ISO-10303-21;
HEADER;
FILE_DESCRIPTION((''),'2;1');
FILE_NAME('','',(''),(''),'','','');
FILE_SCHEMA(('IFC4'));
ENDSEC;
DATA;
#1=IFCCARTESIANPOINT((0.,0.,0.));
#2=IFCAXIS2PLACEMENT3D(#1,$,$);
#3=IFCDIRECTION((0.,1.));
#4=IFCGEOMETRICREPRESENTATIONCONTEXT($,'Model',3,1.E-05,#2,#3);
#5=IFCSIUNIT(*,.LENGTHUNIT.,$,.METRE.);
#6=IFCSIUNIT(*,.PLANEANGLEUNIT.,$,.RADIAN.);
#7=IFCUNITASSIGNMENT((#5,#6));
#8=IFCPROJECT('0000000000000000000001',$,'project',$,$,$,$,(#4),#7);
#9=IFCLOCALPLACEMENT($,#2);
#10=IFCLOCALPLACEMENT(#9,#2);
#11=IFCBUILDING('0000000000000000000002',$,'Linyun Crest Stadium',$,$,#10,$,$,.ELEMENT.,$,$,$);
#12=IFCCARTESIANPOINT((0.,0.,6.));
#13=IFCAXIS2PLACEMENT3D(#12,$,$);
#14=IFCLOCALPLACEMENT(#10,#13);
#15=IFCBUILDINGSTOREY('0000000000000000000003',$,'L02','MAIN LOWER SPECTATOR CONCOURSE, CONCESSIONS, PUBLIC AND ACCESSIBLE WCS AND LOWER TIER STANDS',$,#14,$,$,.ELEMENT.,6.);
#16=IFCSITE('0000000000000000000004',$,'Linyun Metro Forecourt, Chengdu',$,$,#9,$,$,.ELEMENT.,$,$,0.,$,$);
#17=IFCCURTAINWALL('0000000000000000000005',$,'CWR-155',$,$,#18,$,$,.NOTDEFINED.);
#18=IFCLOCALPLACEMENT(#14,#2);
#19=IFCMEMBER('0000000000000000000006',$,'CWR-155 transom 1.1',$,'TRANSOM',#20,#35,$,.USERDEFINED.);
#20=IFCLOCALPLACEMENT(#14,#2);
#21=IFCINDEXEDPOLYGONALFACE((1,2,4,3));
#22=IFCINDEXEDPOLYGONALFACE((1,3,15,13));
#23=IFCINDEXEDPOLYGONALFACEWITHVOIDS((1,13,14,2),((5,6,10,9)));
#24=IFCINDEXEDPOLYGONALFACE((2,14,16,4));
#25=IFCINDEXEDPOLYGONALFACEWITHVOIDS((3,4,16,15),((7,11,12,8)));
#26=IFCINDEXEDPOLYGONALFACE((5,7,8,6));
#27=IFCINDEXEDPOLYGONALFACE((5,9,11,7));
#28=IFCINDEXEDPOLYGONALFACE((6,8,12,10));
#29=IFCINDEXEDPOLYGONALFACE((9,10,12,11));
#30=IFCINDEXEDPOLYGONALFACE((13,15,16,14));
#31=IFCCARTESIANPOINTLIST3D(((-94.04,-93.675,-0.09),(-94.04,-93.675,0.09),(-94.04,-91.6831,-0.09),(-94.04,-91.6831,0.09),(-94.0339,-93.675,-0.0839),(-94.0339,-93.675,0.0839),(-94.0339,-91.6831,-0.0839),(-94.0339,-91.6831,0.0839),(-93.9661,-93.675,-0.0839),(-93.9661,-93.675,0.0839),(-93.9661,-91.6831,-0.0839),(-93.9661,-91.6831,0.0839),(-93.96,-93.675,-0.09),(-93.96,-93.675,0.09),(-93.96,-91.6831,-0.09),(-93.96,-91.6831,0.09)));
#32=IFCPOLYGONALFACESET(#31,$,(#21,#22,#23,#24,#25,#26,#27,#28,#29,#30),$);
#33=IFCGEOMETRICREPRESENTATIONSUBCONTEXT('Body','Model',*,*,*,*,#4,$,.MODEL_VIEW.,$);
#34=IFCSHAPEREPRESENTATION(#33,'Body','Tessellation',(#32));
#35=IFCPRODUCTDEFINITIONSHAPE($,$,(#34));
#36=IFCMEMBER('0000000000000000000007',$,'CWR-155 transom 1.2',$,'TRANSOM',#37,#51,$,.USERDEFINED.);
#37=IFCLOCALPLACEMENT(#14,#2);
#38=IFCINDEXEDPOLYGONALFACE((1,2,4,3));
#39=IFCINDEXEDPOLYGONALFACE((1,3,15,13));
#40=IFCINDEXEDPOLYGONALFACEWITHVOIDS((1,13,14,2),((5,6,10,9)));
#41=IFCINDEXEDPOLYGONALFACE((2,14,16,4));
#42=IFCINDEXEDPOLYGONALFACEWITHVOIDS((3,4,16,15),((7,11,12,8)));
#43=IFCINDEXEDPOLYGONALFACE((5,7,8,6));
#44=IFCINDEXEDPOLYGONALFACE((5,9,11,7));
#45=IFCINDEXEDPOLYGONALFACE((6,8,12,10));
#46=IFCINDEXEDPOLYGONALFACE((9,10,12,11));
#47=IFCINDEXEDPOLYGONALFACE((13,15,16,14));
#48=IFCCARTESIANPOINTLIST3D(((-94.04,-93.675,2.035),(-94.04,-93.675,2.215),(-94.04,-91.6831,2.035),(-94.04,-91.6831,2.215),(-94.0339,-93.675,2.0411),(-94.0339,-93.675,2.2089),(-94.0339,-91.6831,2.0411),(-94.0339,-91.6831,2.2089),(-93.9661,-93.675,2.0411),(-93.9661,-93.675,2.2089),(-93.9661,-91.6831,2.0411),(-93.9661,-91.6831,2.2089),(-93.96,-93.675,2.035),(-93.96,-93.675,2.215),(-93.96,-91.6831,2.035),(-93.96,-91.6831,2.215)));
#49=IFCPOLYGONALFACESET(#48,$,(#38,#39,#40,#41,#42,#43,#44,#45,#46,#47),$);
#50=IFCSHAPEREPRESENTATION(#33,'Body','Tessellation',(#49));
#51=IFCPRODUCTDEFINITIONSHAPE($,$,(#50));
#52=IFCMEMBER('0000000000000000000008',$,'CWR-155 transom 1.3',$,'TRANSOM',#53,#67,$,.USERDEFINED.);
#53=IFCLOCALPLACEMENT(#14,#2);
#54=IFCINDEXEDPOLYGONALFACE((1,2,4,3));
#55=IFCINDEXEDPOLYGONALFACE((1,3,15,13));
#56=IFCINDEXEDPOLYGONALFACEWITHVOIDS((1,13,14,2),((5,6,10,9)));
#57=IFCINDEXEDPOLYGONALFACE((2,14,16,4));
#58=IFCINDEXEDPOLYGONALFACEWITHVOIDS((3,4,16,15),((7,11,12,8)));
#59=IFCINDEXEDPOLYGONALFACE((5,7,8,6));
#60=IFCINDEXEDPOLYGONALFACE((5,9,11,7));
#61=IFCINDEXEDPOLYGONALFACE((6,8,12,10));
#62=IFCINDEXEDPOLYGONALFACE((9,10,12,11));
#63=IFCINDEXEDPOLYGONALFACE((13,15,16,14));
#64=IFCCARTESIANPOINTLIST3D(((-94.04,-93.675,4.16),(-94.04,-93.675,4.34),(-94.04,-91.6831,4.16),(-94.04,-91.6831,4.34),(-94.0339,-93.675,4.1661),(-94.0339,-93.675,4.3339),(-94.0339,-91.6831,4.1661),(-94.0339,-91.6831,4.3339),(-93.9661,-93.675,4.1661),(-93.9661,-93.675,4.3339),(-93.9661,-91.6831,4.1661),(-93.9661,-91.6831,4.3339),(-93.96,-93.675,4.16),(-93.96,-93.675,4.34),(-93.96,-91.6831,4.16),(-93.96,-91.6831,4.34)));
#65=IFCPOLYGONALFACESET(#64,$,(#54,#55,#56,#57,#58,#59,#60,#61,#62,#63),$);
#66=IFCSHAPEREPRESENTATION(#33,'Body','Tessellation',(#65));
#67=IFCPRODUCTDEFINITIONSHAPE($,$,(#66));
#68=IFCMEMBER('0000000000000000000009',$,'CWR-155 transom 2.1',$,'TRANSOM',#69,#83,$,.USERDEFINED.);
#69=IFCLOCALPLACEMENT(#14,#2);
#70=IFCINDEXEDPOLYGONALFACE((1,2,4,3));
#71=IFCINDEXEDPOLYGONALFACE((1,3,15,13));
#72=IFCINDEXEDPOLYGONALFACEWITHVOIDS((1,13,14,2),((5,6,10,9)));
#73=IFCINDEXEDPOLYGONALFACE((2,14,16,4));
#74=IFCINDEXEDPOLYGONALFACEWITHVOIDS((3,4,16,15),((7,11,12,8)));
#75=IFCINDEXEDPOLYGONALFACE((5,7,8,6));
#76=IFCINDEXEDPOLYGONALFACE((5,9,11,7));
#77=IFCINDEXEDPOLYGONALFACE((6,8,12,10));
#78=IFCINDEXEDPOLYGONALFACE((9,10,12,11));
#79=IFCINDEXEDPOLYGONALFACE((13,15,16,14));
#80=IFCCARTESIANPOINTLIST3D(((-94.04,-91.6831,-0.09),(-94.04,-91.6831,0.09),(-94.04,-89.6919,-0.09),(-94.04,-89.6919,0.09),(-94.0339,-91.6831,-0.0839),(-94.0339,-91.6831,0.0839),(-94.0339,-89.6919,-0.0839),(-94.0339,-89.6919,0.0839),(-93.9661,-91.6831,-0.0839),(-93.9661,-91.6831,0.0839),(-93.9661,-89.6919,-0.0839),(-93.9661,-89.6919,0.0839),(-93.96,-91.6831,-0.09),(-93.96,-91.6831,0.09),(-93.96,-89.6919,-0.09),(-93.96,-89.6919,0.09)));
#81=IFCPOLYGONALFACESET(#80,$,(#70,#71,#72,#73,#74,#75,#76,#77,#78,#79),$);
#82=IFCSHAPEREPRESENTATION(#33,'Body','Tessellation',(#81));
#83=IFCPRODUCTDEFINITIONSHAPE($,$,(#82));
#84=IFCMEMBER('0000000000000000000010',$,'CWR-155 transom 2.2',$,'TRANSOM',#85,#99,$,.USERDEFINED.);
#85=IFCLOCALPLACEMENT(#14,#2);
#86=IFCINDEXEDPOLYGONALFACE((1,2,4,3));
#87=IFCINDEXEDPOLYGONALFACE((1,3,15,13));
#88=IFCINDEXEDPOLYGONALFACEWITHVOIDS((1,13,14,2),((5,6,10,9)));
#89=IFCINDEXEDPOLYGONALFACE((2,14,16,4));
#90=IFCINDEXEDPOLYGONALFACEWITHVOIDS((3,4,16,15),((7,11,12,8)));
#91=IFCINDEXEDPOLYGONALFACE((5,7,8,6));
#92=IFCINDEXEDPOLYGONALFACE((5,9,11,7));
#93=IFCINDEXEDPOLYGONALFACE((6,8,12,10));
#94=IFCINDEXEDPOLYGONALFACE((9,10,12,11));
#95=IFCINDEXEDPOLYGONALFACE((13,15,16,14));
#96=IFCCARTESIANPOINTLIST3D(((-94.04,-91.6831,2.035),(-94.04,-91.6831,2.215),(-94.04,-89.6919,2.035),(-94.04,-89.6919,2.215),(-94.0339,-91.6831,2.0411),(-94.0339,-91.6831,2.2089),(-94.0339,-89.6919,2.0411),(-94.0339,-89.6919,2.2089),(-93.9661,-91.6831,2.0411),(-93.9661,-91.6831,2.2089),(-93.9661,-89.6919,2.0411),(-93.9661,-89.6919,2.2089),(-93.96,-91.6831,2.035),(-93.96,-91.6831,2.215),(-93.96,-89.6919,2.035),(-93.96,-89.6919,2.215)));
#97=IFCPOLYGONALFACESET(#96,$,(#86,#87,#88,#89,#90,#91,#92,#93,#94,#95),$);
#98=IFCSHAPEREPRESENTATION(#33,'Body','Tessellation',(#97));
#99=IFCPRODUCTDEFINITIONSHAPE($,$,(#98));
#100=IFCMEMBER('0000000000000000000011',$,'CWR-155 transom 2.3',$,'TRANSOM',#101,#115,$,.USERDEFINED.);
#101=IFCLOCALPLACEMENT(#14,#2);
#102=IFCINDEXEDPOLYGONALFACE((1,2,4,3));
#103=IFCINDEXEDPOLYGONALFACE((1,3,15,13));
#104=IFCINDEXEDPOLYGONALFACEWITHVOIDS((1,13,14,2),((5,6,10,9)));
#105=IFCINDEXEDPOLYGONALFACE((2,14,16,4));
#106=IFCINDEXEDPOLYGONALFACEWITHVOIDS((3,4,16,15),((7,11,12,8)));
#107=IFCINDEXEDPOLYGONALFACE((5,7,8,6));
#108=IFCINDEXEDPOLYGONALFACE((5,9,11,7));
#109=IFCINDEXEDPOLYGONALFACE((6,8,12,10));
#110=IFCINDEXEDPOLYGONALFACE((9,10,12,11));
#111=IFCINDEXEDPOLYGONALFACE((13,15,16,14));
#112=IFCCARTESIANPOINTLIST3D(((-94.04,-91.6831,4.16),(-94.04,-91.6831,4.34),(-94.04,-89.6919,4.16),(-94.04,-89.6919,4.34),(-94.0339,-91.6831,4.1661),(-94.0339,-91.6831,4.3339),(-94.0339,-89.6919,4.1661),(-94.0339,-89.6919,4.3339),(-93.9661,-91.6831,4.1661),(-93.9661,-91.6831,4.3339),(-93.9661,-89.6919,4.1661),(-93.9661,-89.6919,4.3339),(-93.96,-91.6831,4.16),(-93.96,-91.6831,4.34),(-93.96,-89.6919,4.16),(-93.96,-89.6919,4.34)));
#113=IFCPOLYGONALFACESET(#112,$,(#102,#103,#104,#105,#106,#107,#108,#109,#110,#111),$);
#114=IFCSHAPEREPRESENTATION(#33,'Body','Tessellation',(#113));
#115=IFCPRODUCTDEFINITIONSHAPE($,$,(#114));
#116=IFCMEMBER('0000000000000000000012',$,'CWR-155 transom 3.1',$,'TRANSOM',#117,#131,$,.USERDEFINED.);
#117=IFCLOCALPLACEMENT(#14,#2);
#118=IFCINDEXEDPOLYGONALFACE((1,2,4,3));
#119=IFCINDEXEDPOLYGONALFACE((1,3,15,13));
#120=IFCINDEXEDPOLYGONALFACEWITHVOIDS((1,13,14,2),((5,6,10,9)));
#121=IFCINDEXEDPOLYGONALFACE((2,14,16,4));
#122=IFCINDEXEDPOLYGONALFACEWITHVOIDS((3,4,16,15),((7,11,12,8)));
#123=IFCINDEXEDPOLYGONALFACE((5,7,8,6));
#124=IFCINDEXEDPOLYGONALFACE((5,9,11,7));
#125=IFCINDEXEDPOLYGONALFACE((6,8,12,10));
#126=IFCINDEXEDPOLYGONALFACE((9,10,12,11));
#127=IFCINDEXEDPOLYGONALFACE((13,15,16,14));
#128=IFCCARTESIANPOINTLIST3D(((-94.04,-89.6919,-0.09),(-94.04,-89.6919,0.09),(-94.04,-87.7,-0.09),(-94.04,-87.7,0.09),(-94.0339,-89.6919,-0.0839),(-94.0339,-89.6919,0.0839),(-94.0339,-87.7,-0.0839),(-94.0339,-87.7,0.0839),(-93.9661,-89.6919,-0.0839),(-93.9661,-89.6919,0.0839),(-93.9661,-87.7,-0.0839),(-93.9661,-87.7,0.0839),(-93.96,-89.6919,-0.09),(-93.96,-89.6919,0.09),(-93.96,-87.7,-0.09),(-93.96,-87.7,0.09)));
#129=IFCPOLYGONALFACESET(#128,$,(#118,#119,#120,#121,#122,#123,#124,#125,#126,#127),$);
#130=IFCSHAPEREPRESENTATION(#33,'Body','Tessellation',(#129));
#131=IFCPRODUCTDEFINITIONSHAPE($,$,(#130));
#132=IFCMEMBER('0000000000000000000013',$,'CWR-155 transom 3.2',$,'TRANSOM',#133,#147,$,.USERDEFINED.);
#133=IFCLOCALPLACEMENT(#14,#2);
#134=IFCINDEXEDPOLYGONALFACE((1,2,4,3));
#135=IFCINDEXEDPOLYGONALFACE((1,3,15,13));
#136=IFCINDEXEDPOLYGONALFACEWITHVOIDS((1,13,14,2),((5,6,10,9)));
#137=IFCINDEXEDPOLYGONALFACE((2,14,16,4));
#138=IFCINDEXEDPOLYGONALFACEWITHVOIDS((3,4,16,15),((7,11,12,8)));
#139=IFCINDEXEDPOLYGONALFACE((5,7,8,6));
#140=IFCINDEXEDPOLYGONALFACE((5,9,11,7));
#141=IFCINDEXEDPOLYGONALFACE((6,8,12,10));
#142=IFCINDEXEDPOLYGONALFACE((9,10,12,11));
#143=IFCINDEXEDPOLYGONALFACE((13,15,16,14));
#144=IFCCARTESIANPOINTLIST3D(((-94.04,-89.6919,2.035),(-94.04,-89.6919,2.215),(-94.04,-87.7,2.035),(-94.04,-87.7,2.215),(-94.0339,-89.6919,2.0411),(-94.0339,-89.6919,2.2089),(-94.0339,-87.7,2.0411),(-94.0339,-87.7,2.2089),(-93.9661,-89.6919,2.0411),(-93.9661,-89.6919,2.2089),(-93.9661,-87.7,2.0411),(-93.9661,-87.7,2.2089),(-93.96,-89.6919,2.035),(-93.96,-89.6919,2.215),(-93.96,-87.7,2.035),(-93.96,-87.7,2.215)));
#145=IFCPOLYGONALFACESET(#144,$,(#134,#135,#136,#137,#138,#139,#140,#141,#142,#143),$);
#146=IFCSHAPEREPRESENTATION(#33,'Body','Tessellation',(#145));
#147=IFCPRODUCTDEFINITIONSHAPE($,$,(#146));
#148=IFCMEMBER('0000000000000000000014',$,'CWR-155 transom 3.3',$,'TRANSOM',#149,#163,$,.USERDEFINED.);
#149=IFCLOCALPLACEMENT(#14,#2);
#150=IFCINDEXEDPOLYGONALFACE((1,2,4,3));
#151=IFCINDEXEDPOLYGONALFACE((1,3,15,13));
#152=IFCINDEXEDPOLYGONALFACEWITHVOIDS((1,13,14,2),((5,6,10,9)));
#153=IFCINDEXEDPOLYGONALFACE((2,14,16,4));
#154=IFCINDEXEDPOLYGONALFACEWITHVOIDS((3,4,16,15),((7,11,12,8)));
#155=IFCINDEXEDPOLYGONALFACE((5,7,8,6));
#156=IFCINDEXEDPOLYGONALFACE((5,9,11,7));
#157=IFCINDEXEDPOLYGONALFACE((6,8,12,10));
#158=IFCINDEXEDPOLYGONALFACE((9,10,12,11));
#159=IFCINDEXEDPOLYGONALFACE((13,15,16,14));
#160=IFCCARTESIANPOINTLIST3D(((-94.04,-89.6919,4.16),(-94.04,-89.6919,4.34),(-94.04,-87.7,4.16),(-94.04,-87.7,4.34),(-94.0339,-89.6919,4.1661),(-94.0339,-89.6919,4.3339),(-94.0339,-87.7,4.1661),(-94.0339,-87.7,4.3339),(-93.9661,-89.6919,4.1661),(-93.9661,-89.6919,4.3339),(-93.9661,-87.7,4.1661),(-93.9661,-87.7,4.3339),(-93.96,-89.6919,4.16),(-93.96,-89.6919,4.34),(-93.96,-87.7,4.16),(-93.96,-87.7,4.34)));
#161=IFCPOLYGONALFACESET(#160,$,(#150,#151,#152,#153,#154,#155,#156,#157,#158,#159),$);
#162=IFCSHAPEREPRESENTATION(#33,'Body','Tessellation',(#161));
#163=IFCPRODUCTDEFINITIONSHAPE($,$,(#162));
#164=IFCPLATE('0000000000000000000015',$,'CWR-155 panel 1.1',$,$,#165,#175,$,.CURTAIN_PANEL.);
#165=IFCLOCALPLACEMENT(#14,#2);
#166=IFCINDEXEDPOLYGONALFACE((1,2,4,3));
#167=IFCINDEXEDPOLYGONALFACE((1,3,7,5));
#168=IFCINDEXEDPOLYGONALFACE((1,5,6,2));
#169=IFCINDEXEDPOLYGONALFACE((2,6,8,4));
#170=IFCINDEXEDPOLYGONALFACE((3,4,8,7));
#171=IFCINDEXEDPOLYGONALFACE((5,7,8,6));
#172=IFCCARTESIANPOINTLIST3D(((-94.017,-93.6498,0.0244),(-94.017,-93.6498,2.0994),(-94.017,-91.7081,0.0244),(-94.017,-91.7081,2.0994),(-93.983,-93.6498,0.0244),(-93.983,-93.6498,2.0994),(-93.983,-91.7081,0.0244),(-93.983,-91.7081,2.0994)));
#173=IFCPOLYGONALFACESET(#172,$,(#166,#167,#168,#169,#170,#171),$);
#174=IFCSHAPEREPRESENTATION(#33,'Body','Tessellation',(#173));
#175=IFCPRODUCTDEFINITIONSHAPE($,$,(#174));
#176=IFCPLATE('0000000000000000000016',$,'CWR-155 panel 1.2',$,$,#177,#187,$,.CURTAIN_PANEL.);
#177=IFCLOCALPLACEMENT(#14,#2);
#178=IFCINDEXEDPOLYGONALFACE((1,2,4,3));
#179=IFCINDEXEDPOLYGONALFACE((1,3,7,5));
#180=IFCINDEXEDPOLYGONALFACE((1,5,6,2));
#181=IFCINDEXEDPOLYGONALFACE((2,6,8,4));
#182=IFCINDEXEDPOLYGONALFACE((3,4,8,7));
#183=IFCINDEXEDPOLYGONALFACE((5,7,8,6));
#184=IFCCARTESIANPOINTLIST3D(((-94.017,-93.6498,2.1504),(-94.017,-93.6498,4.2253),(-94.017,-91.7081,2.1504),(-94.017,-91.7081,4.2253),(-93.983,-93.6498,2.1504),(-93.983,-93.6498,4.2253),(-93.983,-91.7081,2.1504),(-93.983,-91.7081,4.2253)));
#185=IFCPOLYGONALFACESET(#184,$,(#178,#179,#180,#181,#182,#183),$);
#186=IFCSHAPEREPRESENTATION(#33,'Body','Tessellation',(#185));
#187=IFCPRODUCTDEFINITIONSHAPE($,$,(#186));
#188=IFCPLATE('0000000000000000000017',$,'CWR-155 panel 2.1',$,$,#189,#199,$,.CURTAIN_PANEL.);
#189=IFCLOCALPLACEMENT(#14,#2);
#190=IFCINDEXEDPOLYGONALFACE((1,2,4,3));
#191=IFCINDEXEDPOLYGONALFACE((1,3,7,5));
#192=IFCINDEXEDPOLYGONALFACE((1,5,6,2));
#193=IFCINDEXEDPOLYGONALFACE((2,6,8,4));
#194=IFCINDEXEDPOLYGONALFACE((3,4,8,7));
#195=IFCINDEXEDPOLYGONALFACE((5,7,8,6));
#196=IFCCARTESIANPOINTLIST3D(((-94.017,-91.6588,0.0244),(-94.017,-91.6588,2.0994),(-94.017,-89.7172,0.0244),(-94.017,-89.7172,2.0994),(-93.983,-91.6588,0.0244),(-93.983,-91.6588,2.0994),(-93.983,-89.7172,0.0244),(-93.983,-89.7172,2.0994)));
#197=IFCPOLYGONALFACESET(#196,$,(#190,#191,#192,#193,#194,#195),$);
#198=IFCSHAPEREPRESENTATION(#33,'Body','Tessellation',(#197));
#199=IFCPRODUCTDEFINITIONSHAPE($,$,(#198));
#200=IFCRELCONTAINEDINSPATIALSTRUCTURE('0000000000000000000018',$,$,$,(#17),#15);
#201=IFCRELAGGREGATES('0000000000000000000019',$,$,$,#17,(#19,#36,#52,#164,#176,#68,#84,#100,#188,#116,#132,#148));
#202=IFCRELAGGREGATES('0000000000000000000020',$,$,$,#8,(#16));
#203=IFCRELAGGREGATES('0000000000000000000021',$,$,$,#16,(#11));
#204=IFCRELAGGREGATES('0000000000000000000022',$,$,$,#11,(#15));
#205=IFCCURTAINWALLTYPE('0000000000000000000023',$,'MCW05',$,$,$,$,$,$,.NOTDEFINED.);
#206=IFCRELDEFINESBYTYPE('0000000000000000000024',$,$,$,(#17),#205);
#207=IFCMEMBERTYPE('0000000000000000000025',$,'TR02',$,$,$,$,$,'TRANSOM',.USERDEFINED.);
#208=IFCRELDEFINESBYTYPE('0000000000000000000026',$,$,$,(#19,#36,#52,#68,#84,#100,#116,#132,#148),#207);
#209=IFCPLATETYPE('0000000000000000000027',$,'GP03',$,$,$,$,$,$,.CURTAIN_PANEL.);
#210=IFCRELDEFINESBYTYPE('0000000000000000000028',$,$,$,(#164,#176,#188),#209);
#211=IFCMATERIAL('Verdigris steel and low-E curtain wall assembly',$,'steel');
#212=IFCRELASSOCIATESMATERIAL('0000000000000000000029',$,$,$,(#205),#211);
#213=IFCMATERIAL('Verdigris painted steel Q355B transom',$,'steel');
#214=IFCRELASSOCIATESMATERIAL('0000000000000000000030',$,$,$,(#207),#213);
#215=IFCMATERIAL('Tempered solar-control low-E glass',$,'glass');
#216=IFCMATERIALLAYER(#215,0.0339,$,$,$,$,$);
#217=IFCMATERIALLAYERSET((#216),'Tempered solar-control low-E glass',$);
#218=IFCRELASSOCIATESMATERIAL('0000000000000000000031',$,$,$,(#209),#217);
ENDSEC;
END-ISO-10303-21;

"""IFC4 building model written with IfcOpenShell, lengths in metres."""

from ifc_helpers import new_model, si_unit, direction, frame, origin, origin_2d, place, context, subcontext, project, spatial, rectangle, hollow_rectangle, extrude, material, layer, layer_set, material_profile, profile_set, type_object, element, aggregate, save


model = new_model("IFC4")

# Units and contexts
model_context = context("Model", 3, precision=1e-05, world=origin(), true_north=direction((0.0, 1.0)))
body_context = subcontext(model_context, "Body", "Model", "MODEL_VIEW")
ifc_project = project(units=[si_unit("LENGTHUNIT", "METRE"), si_unit("PLANEANGLEUNIT", "RADIAN")], contexts=[model_context])

# Site, building, storey
site_placement = place(None, origin())
site = spatial("IfcSite", under=ifc_project, at=site_placement, Name="Linyun Metro Forecourt, Chengdu", CompositionType="ELEMENT", RefElevation=0.0)
building_placement = place(site_placement, origin())
building = spatial("IfcBuilding", under=site, at=building_placement, Name="Linyun Crest Stadium", CompositionType="ELEMENT")
storey_placement = place(building_placement, frame((0.0, 0.0, 6.0)))
storey = spatial("IfcBuildingStorey", under=building, at=storey_placement, Name="L02", Description="MAIN LOWER SPECTATOR CONCOURSE, CONCESSIONS, PUBLIC AND ACCESSIBLE WCS AND LOWER TIER STANDS", CompositionType="ELEMENT", Elevation=6.0)

# Curtain wall
ifc_material_1 = material(Name="Verdigris steel and low-E curtain wall assembly", Category="steel")
curtain_wall_type = type_object("IfcCurtainWallType", Name="MCW05", PredefinedType="NOTDEFINED", material=ifc_material_1)
curtain_wall_placement = place(storey_placement, origin())
curtain_wall = element("IfcCurtainWall", 1, at=curtain_wall_placement, inside=storey, type_object=curtain_wall_type, Name="CWR-155", PredefinedType="NOTDEFINED")

# Members
ifc_material_2 = material(Name="Verdigris painted steel Q355B transom", Category="steel")
ifc_material_profile_1 = material_profile(ifc_material_2, hollow_rectangle(XDim=0.0801, YDim=0.1799, WallThickness=0.0061, at=origin_2d()), Name="RHS 180x80x6")
ifc_profile_set_1 = profile_set([ifc_material_profile_1], Name="Verdigris painted steel Q355B transom")
member_type_1 = type_object("IfcMemberType", Name="TR02", ElementType="TRANSOM", PredefinedType="USERDEFINED", material=ifc_profile_set_1)
member_1_placement = place(storey_placement, frame((-94.0, -93.675, 0.0), z_axis=(0.0, 1.0, 0.0), x_axis=(-1.0, 0.0, 0.0)))
member_1 = element("IfcMember", 2, at=member_1_placement, type_object=member_type_1, Name="CWR-155 transom 1.1", ObjectType="TRANSOM", PredefinedType="USERDEFINED", context=body_context, shape_type="SweptSolid", body=[
    extrude(hollow_rectangle(XDim=0.0801, YDim=0.1799, WallThickness=0.0061, at=origin_2d()), origin(), (0.0, 0.0, 1.0), 1.9919),
])
member_2_placement = place(storey_placement, frame((-94.0, -93.675, 2.125), z_axis=(0.0, 1.0, 0.0), x_axis=(-1.0, 0.0, 0.0)))
member_2 = element("IfcMember", 3, at=member_2_placement, type_object=member_type_1, Name="CWR-155 transom 1.2", ObjectType="TRANSOM", PredefinedType="USERDEFINED", context=body_context, shape_type="SweptSolid", body=[
    extrude(hollow_rectangle(XDim=0.0801, YDim=0.1799, WallThickness=0.0061, at=origin_2d()), origin(), (0.0, 0.0, 1.0), 1.9919),
])
member_3_placement = place(storey_placement, frame((-94.0, -93.675, 4.25), z_axis=(0.0, 1.0, 0.0), x_axis=(-1.0, 0.0, 0.0)))
member_3 = element("IfcMember", 4, at=member_3_placement, type_object=member_type_1, Name="CWR-155 transom 1.3", ObjectType="TRANSOM", PredefinedType="USERDEFINED", context=body_context, shape_type="SweptSolid", body=[
    extrude(hollow_rectangle(XDim=0.0801, YDim=0.1799, WallThickness=0.0061, at=origin_2d()), origin(), (0.0, 0.0, 1.0), 1.9919),
])
member_4_placement = place(storey_placement, frame((-94.0, -91.6831, 0.0), z_axis=(0.0, 1.0, 0.0), x_axis=(-1.0, 0.0, 0.0)))
member_4 = element("IfcMember", 5, at=member_4_placement, type_object=member_type_1, Name="CWR-155 transom 2.1", ObjectType="TRANSOM", PredefinedType="USERDEFINED", context=body_context, shape_type="SweptSolid", body=[
    extrude(hollow_rectangle(XDim=0.0801, YDim=0.1799, WallThickness=0.0061, at=origin_2d()), origin(), (0.0, 0.0, 1.0), 1.9912),
])
member_5_placement = place(storey_placement, frame((-94.0, -91.6831, 2.125), z_axis=(0.0, 1.0, 0.0), x_axis=(-1.0, 0.0, 0.0)))
member_5 = element("IfcMember", 6, at=member_5_placement, type_object=member_type_1, Name="CWR-155 transom 2.2", ObjectType="TRANSOM", PredefinedType="USERDEFINED", context=body_context, shape_type="SweptSolid", body=[
    extrude(hollow_rectangle(XDim=0.0801, YDim=0.1799, WallThickness=0.0061, at=origin_2d()), origin(), (0.0, 0.0, 1.0), 1.9912),
])
member_6_placement = place(storey_placement, frame((-94.0, -91.6831, 4.25), z_axis=(0.0, 1.0, 0.0), x_axis=(-1.0, 0.0, 0.0)))
member_6 = element("IfcMember", 7, at=member_6_placement, type_object=member_type_1, Name="CWR-155 transom 2.3", ObjectType="TRANSOM", PredefinedType="USERDEFINED", context=body_context, shape_type="SweptSolid", body=[
    extrude(hollow_rectangle(XDim=0.0801, YDim=0.1799, WallThickness=0.0061, at=origin_2d()), origin(), (0.0, 0.0, 1.0), 1.9912),
])
member_7_placement = place(storey_placement, frame((-94.0, -89.6919, 0.0), z_axis=(0.0, 1.0, 0.0), x_axis=(-1.0, 0.0, 0.0)))
member_7 = element("IfcMember", 8, at=member_7_placement, type_object=member_type_1, Name="CWR-155 transom 3.1", ObjectType="TRANSOM", PredefinedType="USERDEFINED", context=body_context, shape_type="SweptSolid", body=[
    extrude(hollow_rectangle(XDim=0.0801, YDim=0.1799, WallThickness=0.0061, at=origin_2d()), origin(), (0.0, 0.0, 1.0), 1.9919),
])
member_8_placement = place(storey_placement, frame((-94.0, -89.6919, 2.125), z_axis=(0.0, 1.0, 0.0), x_axis=(-1.0, 0.0, 0.0)))
member_8 = element("IfcMember", 9, at=member_8_placement, type_object=member_type_1, Name="CWR-155 transom 3.2", ObjectType="TRANSOM", PredefinedType="USERDEFINED", context=body_context, shape_type="SweptSolid", body=[
    extrude(hollow_rectangle(XDim=0.0801, YDim=0.1799, WallThickness=0.0061, at=origin_2d()), origin(), (0.0, 0.0, 1.0), 1.9919),
])
member_9_placement = place(storey_placement, frame((-94.0, -89.6919, 4.25), z_axis=(0.0, 1.0, 0.0), x_axis=(-1.0, 0.0, 0.0)))
member_9 = element("IfcMember", 10, at=member_9_placement, type_object=member_type_1, Name="CWR-155 transom 3.3", ObjectType="TRANSOM", PredefinedType="USERDEFINED", context=body_context, shape_type="SweptSolid", body=[
    extrude(hollow_rectangle(XDim=0.0801, YDim=0.1799, WallThickness=0.0061, at=origin_2d()), origin(), (0.0, 0.0, 1.0), 1.9919),
])

# Plates
ifc_material_3 = material(Name="Tempered solar-control low-E glass", Category="glass")
ifc_layer_1 = layer(ifc_material_3, 0.0339)
ifc_layer_set_1 = layer_set([ifc_layer_1], Name="Tempered solar-control low-E glass")
plate_type = type_object("IfcPlateType", Name="GP03", PredefinedType="CURTAIN_PANEL", material=ifc_layer_set_1)
plate_1_placement = place(storey_placement, frame((-94.0, -92.679, 0.0244), z_axis=(0.0, 0.0, 1.0), x_axis=(0.0, 1.0, 0.0)))
plate_1 = element("IfcPlate", 11, at=plate_1_placement, type_object=plate_type, Name="CWR-155 panel 1.1", PredefinedType="CURTAIN_PANEL", context=body_context, shape_type="SweptSolid", body=[
    extrude(rectangle(XDim=1.9417, YDim=0.0339, at=origin_2d()), origin(), (0.0, 0.0, 1.0), 2.075),
])
plate_2_placement = place(storey_placement, frame((-94.0, -92.679, 2.1504), z_axis=(0.0, 0.0, 1.0), x_axis=(0.0, 1.0, 0.0)))
plate_2 = element("IfcPlate", 12, at=plate_2_placement, type_object=plate_type, Name="CWR-155 panel 1.2", PredefinedType="CURTAIN_PANEL", context=body_context, shape_type="SweptSolid", body=[
    extrude(rectangle(XDim=1.9417, YDim=0.0339, at=origin_2d()), origin(), (0.0, 0.0, 1.0), 2.075),
])
plate_3_placement = place(storey_placement, frame((-94.0, -90.688, 0.0244), z_axis=(0.0, 0.0, 1.0), x_axis=(0.0, 1.0, 0.0)))
plate_3 = element("IfcPlate", 13, at=plate_3_placement, type_object=plate_type, Name="CWR-155 panel 2.1", PredefinedType="CURTAIN_PANEL", context=body_context, shape_type="SweptSolid", body=[
    extrude(rectangle(XDim=1.9417, YDim=0.0339, at=origin_2d()), origin(), (0.0, 0.0, 1.0), 2.075),
])
aggregate(curtain_wall, [member_1, member_2, member_3, plate_1, plate_2, member_4, member_5, member_6, plate_3, member_7, member_8, member_9])

save(model, "model.ifc")
